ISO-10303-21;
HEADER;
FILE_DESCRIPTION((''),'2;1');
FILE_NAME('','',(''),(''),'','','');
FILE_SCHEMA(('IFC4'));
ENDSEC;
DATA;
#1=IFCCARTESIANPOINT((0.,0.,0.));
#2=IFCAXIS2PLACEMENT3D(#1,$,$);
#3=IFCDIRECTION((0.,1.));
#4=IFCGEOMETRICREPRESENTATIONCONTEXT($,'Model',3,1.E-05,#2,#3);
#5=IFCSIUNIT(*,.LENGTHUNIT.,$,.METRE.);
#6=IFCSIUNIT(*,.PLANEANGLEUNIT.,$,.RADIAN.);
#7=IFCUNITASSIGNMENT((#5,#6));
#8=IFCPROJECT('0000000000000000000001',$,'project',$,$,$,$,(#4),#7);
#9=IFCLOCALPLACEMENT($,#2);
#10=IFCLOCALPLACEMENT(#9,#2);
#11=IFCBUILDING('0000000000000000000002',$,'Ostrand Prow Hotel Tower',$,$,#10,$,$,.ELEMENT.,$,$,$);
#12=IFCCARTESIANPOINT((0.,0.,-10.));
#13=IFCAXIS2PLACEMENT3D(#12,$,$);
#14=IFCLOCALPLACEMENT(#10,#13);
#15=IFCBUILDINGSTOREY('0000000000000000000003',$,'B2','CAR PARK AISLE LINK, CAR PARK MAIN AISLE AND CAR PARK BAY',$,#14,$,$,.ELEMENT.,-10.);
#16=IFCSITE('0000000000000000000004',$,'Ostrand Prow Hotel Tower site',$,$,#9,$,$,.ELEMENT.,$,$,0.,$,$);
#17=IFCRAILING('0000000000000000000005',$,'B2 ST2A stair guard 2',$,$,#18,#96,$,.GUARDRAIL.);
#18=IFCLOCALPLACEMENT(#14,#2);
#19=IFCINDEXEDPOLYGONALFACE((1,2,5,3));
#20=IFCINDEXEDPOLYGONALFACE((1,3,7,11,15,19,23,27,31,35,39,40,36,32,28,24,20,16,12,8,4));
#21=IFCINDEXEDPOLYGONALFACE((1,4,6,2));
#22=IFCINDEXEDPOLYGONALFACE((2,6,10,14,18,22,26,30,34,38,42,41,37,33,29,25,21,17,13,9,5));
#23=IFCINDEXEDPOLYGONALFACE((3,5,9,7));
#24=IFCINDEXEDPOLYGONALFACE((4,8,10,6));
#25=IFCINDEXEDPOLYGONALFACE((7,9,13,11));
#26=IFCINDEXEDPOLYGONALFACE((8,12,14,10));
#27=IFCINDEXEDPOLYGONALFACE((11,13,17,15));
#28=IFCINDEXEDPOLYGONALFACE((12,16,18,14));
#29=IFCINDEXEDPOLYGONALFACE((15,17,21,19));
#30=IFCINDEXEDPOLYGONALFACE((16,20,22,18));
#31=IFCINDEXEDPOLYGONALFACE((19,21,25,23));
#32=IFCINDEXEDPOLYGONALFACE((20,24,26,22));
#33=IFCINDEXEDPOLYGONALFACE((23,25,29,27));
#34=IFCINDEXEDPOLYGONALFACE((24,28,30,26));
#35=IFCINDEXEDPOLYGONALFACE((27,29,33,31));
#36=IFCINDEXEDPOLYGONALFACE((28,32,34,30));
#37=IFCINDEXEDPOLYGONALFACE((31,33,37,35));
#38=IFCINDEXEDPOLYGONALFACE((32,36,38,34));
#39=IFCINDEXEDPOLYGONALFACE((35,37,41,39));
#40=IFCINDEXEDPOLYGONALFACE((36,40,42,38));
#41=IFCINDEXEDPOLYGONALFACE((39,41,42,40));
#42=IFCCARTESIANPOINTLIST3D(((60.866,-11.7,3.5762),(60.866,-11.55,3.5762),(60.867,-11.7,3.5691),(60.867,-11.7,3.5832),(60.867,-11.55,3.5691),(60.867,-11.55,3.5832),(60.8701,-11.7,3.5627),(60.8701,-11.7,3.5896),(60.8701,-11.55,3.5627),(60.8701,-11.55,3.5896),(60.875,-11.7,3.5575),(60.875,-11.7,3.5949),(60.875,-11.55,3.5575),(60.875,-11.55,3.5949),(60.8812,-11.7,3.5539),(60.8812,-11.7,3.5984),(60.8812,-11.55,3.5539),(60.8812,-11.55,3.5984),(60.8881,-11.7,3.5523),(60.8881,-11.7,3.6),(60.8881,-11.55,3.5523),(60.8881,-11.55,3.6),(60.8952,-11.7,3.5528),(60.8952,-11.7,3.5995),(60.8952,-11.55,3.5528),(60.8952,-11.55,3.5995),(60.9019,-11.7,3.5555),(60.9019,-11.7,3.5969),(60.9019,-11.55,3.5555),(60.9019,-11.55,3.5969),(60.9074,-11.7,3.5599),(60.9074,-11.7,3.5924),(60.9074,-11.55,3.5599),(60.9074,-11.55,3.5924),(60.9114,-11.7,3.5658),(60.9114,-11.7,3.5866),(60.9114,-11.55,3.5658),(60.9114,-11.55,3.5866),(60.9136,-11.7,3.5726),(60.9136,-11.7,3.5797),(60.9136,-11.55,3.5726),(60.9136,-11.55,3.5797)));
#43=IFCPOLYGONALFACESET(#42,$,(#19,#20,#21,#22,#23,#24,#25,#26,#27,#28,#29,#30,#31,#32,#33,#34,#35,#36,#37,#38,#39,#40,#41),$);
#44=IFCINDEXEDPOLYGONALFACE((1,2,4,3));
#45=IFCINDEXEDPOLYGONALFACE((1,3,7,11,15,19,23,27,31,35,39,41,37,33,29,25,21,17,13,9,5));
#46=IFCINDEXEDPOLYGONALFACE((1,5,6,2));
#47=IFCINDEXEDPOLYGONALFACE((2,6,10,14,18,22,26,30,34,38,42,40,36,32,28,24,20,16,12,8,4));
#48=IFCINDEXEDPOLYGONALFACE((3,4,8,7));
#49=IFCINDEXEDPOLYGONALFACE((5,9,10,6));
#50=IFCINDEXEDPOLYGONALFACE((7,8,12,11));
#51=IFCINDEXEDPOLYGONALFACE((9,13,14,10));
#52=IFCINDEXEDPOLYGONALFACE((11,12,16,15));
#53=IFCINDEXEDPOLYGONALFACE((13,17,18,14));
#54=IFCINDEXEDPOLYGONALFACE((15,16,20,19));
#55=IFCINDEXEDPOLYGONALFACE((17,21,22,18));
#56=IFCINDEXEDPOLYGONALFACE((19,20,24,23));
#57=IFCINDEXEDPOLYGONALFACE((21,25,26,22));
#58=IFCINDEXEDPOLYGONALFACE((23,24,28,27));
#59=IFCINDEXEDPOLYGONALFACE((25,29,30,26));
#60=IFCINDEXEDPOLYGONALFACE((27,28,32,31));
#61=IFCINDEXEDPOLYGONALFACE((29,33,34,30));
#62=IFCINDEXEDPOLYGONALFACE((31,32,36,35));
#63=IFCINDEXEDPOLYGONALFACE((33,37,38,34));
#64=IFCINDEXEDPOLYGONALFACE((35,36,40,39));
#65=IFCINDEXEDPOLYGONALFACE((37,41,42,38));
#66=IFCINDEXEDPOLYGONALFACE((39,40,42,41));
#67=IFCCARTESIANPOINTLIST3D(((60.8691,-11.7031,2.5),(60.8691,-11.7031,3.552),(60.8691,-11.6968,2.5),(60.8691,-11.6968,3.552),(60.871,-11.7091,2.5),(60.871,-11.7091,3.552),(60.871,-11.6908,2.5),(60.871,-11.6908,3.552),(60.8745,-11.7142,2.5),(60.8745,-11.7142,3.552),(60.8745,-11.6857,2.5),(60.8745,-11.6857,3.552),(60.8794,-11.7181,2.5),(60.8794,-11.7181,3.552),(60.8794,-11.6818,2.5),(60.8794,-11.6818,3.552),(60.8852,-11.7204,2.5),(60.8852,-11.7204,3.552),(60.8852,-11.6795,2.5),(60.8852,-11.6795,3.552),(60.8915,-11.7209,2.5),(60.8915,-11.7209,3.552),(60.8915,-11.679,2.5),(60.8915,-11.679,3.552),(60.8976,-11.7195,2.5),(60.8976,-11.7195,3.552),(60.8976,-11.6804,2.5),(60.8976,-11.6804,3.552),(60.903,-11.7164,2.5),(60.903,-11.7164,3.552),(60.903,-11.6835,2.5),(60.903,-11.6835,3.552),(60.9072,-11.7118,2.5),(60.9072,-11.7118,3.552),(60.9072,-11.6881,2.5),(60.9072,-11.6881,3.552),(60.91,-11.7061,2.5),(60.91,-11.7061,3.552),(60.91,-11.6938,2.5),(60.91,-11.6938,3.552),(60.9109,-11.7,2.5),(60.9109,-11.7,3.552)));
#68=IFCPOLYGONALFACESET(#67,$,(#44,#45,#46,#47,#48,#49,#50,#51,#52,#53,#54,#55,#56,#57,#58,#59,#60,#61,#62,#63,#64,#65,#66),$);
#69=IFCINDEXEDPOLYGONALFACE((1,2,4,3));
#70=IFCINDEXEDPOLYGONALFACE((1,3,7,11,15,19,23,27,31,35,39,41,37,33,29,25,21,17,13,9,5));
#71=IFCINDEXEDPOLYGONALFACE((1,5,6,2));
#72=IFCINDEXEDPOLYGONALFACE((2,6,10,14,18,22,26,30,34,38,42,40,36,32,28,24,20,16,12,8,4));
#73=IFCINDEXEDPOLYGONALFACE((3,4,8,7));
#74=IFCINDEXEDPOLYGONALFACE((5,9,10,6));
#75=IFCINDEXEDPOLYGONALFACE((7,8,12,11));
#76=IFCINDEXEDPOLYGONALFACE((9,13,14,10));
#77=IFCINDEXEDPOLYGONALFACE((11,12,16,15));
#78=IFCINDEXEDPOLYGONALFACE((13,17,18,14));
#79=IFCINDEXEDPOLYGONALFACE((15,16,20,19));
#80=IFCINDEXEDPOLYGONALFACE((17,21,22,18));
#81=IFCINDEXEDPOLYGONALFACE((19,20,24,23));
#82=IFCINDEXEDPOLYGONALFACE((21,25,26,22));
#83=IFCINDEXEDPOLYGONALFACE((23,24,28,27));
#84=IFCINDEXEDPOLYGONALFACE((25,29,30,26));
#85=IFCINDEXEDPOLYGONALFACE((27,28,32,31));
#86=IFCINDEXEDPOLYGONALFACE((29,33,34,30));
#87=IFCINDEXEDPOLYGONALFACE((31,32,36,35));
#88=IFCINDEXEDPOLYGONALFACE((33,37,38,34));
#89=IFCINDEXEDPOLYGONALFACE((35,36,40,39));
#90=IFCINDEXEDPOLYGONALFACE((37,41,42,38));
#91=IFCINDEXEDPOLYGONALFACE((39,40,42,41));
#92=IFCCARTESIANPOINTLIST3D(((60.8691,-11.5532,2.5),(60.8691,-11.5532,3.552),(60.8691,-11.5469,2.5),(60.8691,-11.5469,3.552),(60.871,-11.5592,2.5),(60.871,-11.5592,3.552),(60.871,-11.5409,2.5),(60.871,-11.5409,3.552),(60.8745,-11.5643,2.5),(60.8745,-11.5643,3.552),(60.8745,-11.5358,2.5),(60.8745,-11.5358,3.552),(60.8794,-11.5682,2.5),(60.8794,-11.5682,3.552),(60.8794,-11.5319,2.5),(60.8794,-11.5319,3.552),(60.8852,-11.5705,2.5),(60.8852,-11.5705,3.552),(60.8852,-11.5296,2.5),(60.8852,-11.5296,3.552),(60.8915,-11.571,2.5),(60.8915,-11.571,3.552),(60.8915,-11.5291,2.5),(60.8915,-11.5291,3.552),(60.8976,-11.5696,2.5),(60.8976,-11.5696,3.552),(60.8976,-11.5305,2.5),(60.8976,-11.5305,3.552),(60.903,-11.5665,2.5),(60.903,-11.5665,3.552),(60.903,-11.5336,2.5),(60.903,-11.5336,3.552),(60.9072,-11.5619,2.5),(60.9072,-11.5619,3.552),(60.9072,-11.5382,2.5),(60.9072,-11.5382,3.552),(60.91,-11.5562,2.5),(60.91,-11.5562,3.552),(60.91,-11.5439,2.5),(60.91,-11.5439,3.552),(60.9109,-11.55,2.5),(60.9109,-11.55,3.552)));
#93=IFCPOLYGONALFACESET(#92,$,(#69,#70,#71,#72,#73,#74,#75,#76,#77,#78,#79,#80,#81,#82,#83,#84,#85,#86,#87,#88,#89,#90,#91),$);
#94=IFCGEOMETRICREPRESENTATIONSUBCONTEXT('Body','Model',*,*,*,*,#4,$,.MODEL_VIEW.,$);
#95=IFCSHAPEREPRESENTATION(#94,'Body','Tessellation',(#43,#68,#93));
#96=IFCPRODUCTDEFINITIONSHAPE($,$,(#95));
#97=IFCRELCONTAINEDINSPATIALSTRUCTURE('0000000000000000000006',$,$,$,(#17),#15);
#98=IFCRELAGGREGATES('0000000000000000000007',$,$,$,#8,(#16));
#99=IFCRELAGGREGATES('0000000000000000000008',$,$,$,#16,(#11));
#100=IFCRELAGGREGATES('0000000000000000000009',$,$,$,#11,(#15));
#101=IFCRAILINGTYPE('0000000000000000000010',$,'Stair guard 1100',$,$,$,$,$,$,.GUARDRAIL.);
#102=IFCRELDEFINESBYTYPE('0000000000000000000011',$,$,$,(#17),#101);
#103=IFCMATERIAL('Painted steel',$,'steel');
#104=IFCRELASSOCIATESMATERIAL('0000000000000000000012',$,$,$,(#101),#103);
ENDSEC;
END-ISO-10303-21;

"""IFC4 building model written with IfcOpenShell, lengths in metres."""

from ifc_helpers import new_model, si_unit, direction, frame, origin, origin_2d, place, context, subcontext, project, spatial, circle, extrude, material, type_object, element, save


model = new_model("IFC4")

# Units and contexts
model_context = context("Model", 3, precision=1e-05, world=origin(), true_north=direction((0.0, 1.0)))
body_context = subcontext(model_context, "Body", "Model", "MODEL_VIEW")
ifc_project = project(units=[si_unit("LENGTHUNIT", "METRE"), si_unit("PLANEANGLEUNIT", "RADIAN")], contexts=[model_context])

# Site, building, storey
site_placement = place(None, origin())
site = spatial("IfcSite", under=ifc_project, at=site_placement, Name="Ostrand Prow Hotel Tower site", CompositionType="ELEMENT", RefElevation=0.0)
building_placement = place(site_placement, origin())
building = spatial("IfcBuilding", under=site, at=building_placement, Name="Ostrand Prow Hotel Tower", CompositionType="ELEMENT")
storey_placement = place(building_placement, frame((0.0, 0.0, -10.0)))
storey = spatial("IfcBuildingStorey", under=building, at=storey_placement, Name="B2", Description="CAR PARK AISLE LINK, CAR PARK MAIN AISLE AND CAR PARK BAY", CompositionType="ELEMENT", Elevation=-10.0)

# Railing
ifc_material_1 = material(Name="Painted steel", Category="steel")
railing_type_1 = type_object("IfcRailingType", Name="Stair guard 1100", PredefinedType="GUARDRAIL", material=ifc_material_1)
railing_1_placement = place(storey_placement, frame((60.8899, -11.7, 2.5)))
element("IfcRailing", 1, at=railing_1_placement, inside=storey, type_object=railing_type_1, Name="B2 ST2A stair guard 2", PredefinedType="GUARDRAIL", context=body_context, shape_type="SweptSolid", body=[
    extrude(circle(Radius=0.0239, at=origin_2d()), frame((0.0, 0.0, 1.0762), z_axis=(0.0, 1.0, 0.0), x_axis=(-1.0, 0.0, 0.0)), (0.0, 0.0, 1.0), 0.1499),
    extrude(circle(Radius=0.021, at=origin_2d()), origin(), (0.0, 0.0, 1.0), 1.052),
    extrude(circle(Radius=0.021, at=origin_2d()), frame((0.0, 0.1499, 0.0)), (0.0, 0.0, 1.0), 1.052),
])

save(model, "model.ifc")
